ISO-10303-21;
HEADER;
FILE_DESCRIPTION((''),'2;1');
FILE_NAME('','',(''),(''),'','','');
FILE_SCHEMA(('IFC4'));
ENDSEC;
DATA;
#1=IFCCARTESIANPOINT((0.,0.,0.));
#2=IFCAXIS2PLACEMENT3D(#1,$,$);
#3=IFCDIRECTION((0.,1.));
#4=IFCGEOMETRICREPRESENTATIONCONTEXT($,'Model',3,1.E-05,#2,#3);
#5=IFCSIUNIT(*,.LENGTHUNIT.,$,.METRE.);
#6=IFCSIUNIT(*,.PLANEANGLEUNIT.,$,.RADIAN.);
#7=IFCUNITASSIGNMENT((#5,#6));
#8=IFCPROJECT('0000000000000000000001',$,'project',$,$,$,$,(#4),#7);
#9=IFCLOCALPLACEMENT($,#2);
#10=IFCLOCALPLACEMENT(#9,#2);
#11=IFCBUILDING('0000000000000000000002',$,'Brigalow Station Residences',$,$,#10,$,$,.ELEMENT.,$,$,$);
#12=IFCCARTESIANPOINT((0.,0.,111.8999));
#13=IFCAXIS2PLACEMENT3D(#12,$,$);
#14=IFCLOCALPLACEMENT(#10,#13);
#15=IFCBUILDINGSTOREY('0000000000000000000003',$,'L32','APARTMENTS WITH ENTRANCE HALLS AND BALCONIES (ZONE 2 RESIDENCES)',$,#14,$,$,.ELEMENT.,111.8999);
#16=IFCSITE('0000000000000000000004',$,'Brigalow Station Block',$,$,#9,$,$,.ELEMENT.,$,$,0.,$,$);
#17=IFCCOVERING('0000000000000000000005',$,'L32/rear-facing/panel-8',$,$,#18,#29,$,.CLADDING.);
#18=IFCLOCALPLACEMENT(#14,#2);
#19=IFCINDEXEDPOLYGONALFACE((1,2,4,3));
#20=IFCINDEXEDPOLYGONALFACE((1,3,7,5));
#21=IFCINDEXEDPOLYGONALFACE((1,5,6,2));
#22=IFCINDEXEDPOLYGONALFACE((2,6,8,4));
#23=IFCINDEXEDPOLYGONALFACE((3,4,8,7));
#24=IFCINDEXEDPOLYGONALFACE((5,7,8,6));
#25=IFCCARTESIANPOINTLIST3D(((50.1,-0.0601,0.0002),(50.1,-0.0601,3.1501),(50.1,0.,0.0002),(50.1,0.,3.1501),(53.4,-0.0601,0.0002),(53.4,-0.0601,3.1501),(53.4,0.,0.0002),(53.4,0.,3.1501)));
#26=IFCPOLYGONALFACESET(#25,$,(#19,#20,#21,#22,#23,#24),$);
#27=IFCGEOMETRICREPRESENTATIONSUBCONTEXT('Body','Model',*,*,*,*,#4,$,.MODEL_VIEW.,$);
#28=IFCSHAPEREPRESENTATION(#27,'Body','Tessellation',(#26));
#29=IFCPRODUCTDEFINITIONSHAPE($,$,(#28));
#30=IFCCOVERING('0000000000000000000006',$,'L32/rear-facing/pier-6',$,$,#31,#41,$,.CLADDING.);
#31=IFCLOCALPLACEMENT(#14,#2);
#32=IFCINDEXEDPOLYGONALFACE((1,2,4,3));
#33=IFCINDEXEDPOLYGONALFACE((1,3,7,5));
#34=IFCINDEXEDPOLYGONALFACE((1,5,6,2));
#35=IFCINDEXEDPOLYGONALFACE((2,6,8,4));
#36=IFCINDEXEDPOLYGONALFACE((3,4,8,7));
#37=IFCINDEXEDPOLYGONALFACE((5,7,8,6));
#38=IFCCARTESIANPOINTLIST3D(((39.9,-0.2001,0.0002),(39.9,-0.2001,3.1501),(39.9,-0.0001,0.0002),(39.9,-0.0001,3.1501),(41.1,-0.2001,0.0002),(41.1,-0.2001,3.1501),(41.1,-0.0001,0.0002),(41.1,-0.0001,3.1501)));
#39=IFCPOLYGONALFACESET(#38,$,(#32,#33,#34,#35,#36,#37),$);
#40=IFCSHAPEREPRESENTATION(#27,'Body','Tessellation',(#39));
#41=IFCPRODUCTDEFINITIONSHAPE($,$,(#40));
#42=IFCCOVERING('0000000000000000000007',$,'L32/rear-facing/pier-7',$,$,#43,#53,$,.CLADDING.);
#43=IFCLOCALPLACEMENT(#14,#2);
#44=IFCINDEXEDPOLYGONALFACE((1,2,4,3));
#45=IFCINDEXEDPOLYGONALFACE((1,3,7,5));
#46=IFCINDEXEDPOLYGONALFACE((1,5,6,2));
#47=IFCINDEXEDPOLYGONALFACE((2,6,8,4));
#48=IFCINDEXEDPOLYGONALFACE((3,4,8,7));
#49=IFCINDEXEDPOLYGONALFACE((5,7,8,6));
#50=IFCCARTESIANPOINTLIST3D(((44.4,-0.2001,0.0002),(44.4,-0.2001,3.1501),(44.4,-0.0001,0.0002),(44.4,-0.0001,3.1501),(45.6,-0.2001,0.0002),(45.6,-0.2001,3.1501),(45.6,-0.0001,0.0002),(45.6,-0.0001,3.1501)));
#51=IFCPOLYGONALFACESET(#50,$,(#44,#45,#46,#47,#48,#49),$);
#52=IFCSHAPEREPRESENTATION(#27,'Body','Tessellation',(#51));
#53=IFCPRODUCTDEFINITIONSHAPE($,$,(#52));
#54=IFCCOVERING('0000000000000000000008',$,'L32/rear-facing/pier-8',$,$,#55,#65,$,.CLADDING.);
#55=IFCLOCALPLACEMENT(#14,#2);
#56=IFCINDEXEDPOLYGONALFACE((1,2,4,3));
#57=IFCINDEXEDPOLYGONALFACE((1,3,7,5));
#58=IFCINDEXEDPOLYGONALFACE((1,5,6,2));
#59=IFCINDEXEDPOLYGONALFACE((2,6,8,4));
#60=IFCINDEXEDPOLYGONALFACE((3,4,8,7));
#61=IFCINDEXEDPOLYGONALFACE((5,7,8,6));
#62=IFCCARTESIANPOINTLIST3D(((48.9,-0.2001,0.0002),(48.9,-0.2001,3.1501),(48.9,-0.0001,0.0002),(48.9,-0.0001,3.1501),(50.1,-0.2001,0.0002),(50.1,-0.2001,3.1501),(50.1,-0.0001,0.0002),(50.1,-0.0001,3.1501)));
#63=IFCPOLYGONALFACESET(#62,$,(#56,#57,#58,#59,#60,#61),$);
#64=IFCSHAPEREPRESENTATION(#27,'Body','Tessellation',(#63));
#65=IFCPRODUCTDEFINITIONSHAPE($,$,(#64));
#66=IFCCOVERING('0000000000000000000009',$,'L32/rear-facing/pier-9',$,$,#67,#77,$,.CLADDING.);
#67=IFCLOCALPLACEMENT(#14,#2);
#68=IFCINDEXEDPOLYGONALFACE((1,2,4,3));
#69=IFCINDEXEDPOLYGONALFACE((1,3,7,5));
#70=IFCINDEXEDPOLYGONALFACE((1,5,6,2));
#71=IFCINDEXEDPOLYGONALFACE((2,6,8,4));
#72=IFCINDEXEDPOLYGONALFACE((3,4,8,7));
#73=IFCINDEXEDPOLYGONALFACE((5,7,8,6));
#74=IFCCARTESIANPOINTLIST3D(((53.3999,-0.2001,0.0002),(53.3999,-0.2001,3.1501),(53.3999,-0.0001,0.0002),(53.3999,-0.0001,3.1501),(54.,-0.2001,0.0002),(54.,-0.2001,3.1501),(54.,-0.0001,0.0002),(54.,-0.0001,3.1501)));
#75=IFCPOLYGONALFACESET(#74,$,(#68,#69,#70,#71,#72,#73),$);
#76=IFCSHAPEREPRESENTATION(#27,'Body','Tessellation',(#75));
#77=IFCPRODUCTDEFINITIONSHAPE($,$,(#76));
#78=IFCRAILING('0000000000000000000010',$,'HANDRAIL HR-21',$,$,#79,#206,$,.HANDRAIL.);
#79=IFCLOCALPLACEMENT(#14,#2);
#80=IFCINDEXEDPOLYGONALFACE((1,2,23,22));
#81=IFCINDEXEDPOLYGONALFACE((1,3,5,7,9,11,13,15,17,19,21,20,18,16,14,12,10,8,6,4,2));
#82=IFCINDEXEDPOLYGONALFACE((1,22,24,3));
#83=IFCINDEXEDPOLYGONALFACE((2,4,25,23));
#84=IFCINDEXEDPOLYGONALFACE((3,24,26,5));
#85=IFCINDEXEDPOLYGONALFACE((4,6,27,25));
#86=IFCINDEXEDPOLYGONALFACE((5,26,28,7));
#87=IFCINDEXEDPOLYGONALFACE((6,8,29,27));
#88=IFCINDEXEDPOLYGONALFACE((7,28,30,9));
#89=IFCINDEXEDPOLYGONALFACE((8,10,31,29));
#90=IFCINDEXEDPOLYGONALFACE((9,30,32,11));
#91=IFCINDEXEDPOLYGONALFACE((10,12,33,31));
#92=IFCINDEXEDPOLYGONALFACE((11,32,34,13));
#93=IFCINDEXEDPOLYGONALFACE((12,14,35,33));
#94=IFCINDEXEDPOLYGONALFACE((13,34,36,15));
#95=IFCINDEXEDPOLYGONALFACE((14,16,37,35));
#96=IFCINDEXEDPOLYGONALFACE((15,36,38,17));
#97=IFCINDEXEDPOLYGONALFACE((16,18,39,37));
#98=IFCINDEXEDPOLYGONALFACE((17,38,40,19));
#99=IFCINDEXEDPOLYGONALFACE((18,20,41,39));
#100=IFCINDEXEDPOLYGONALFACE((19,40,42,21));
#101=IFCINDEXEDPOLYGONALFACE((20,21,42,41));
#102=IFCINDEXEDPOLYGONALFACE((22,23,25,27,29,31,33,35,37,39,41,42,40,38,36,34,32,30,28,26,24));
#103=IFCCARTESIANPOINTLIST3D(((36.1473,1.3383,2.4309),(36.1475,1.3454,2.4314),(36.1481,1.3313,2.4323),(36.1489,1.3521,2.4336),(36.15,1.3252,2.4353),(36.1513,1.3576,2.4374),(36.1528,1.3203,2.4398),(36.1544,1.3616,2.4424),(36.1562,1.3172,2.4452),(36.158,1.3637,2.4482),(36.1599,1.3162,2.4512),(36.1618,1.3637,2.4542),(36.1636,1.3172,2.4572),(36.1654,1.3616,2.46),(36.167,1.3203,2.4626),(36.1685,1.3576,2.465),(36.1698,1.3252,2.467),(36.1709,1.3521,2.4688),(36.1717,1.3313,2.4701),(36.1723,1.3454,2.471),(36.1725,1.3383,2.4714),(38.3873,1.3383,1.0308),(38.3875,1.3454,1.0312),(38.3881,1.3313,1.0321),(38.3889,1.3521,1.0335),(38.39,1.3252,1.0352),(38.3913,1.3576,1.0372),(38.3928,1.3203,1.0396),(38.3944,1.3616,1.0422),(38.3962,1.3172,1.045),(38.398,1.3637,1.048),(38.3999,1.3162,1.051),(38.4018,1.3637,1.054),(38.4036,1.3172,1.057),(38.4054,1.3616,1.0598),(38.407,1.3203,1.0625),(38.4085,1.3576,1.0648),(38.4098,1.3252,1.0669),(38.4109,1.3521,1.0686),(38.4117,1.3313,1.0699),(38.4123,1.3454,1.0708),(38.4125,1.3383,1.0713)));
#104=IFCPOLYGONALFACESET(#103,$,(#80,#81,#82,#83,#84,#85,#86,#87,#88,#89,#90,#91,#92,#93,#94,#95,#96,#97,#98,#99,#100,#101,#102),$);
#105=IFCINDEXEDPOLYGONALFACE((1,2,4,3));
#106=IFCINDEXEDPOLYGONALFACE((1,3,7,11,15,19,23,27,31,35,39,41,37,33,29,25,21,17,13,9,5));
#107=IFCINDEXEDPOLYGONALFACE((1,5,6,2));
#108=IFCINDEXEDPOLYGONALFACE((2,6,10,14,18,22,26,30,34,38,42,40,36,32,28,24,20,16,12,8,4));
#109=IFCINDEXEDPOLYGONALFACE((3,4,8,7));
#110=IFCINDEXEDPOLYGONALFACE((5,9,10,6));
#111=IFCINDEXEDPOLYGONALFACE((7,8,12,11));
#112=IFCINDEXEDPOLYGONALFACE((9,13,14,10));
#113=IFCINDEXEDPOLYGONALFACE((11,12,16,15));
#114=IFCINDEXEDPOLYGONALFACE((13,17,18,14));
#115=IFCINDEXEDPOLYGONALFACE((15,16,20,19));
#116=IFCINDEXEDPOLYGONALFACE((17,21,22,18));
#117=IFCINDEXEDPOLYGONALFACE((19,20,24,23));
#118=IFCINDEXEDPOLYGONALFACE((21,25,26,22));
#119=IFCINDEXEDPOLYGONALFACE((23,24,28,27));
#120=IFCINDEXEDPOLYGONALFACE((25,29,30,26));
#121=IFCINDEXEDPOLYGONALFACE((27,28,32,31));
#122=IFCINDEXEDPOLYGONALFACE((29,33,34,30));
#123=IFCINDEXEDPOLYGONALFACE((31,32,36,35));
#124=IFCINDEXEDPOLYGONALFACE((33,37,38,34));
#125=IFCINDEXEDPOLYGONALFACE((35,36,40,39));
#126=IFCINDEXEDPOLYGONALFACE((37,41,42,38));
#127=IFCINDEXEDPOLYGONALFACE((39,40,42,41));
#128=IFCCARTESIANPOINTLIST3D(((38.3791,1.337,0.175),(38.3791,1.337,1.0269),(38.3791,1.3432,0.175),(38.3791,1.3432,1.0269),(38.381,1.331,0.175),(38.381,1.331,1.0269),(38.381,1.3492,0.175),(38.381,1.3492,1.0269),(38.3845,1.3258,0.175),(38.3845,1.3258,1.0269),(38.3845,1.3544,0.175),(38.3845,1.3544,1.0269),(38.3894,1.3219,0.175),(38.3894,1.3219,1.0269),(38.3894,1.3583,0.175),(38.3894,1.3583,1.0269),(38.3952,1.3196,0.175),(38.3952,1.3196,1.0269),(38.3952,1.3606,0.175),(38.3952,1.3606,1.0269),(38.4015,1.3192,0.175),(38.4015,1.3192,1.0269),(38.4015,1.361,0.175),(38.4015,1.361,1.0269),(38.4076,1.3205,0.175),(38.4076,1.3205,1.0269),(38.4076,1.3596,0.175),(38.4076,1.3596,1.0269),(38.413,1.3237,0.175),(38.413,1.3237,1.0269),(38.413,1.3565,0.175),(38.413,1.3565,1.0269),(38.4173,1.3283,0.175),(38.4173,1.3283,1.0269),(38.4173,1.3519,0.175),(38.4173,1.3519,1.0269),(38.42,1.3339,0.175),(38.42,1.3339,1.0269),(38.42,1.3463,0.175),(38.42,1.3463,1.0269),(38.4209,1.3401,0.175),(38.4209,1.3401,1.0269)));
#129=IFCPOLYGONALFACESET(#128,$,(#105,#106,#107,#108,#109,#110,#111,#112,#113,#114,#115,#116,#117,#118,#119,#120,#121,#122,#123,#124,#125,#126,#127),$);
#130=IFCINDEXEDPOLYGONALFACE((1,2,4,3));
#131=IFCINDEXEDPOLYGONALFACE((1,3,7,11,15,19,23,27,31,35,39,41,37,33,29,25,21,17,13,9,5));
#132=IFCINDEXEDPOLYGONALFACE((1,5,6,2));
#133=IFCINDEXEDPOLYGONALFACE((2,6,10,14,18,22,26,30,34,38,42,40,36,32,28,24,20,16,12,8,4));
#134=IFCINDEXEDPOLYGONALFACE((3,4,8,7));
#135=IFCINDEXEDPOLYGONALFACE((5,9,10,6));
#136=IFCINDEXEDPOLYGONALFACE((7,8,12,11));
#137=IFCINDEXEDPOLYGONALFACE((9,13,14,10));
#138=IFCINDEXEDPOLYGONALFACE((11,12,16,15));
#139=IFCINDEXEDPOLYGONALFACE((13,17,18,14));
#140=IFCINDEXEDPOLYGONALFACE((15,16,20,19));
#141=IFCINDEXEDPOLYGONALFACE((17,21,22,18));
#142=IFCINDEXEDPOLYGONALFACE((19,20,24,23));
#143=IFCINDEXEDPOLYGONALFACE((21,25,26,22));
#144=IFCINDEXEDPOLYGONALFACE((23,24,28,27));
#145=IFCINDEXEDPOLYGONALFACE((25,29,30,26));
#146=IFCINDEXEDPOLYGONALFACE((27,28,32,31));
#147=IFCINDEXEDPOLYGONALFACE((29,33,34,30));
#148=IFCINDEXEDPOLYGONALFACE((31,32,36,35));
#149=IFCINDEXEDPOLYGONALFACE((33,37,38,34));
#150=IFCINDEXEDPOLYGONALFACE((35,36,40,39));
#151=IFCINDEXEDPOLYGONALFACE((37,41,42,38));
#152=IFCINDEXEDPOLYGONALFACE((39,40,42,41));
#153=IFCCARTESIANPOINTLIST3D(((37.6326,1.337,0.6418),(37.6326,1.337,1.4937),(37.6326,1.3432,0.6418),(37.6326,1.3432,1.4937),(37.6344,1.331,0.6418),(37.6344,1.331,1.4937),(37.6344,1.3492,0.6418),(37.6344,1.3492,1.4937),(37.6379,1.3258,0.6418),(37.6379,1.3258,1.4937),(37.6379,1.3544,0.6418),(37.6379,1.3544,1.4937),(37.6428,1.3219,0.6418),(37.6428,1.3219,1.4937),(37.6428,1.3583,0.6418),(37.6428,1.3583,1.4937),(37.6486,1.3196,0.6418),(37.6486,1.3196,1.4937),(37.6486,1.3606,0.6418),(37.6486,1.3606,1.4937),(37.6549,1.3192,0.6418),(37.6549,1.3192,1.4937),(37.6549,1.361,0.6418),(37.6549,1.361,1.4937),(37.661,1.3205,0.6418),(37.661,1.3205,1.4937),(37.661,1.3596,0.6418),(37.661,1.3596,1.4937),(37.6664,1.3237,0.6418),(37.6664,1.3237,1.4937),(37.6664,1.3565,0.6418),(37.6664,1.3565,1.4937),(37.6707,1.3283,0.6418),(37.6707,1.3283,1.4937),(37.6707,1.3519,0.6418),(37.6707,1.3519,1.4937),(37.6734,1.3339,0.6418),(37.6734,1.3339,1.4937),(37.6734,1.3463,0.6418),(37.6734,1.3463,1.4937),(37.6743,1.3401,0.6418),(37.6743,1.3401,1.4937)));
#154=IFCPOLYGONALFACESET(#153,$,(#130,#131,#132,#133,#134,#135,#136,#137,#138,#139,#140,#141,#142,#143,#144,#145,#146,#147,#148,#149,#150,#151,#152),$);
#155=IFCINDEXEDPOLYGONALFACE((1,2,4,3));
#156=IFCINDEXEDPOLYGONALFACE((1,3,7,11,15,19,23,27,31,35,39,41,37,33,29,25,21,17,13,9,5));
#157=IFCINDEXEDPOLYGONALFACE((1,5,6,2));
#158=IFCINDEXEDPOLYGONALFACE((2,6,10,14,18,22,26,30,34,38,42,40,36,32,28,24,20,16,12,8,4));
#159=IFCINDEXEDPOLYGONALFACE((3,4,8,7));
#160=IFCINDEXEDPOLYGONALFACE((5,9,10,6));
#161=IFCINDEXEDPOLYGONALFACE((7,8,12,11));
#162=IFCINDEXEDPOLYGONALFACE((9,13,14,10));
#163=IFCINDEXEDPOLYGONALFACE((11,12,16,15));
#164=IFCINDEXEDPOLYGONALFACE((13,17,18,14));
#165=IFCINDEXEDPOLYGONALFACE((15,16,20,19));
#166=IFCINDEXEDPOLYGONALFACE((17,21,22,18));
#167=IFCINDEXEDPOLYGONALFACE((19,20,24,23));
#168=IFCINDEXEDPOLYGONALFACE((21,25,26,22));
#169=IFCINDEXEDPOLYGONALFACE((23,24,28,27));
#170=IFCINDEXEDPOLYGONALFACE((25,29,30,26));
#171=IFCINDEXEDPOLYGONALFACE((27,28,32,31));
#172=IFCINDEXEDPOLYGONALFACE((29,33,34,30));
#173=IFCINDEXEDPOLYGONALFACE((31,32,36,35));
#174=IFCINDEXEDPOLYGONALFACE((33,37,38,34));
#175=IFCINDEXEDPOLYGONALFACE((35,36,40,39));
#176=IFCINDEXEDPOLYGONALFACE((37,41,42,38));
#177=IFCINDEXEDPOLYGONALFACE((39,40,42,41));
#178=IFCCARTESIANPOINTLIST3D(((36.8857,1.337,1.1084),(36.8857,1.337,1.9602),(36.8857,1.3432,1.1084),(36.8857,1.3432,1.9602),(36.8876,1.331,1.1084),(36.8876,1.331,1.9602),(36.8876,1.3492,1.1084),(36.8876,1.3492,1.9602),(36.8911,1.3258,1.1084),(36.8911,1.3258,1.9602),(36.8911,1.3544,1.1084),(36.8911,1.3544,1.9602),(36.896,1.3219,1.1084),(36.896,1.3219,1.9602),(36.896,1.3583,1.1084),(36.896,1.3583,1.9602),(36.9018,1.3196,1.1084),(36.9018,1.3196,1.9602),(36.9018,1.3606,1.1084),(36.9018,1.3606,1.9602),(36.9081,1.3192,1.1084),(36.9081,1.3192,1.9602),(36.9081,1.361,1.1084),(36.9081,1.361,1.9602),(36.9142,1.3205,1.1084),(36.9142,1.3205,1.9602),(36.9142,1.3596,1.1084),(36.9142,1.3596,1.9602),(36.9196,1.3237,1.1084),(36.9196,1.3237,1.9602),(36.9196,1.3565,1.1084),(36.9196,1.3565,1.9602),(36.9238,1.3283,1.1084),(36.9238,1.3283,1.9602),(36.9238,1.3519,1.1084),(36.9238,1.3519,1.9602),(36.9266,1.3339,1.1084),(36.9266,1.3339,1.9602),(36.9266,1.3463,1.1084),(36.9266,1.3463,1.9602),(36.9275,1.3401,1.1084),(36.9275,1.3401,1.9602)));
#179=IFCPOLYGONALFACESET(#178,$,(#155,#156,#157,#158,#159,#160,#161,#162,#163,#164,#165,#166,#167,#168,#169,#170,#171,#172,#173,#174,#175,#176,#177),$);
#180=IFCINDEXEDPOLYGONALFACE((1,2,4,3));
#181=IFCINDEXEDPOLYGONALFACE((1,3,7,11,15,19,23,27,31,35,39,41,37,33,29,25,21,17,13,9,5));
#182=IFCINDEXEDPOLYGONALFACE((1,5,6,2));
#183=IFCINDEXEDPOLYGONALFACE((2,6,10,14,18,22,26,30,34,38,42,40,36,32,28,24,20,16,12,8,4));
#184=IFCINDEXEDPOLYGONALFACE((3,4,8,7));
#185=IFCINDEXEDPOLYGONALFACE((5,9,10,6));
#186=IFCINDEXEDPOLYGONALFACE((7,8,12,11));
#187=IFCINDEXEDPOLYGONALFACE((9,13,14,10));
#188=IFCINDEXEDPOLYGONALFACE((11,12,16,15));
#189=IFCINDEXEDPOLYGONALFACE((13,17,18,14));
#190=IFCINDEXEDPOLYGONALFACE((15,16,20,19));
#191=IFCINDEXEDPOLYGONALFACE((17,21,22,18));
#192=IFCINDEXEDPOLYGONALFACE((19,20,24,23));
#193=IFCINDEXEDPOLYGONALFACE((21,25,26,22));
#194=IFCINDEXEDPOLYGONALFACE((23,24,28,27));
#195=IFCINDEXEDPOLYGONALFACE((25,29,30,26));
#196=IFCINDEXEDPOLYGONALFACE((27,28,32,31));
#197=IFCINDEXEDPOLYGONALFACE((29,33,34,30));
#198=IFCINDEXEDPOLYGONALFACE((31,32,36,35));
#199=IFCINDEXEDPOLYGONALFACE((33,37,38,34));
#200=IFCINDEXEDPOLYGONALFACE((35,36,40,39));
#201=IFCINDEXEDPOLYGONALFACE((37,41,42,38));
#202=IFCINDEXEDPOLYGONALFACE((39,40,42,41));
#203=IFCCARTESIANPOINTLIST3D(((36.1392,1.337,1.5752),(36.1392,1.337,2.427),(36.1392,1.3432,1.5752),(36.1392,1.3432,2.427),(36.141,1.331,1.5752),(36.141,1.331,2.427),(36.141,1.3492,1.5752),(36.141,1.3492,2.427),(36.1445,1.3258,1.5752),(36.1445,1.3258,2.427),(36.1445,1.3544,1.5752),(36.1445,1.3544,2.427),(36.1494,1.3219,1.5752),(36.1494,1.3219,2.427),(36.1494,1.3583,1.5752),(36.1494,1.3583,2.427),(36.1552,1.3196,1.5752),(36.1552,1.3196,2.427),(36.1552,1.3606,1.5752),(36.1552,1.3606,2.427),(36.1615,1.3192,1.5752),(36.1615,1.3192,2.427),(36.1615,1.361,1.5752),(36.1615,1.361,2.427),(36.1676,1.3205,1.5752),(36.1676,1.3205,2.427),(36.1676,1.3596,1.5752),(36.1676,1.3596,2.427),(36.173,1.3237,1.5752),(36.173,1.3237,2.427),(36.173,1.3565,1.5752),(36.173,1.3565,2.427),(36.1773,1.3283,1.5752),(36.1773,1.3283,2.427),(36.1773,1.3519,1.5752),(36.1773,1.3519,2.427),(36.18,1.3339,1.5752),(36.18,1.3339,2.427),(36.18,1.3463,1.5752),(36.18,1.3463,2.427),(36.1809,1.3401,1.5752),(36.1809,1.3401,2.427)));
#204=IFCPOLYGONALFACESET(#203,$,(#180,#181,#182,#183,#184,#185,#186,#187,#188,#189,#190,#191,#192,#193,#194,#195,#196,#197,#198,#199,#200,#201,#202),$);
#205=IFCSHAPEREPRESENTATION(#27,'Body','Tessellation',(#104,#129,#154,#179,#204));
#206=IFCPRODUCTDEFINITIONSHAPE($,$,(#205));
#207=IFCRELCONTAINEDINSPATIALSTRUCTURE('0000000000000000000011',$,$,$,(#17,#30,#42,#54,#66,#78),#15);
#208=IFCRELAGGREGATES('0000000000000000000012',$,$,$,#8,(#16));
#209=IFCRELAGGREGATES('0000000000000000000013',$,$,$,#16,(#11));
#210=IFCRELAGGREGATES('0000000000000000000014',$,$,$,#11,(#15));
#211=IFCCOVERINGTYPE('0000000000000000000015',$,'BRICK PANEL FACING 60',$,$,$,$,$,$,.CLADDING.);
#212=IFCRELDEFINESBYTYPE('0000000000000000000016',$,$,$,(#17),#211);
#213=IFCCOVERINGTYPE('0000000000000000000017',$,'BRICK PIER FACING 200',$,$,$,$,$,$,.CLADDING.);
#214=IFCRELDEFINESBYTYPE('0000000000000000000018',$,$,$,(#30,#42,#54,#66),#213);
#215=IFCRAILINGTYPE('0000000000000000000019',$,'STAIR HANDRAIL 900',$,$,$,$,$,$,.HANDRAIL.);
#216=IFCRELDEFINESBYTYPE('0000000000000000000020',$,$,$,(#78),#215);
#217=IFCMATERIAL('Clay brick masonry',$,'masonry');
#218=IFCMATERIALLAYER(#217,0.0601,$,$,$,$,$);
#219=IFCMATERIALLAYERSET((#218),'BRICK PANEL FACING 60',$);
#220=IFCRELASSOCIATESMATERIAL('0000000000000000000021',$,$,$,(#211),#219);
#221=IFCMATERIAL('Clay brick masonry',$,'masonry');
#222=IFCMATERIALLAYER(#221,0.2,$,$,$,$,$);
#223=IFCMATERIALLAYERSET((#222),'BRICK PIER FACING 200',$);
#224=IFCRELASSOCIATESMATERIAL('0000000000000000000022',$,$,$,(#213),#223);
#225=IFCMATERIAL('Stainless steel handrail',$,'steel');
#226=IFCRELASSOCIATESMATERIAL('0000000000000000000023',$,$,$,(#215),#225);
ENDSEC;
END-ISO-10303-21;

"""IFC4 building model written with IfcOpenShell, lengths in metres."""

from ifc_helpers import new_model, si_unit, direction, frame, origin, origin_2d, place, context, subcontext, project, spatial, rectangle, circle, extrude, material, layer, layer_set, type_object, element, save


model = new_model("IFC4")

# Units and contexts
model_context = context("Model", 3, precision=1e-05, world=origin(), true_north=direction((0.0, 1.0)))
body_context = subcontext(model_context, "Body", "Model", "MODEL_VIEW")
ifc_project = project(units=[si_unit("LENGTHUNIT", "METRE"), si_unit("PLANEANGLEUNIT", "RADIAN")], contexts=[model_context])

# Site, building, storey
site_placement = place(None, origin())
site = spatial("IfcSite", under=ifc_project, at=site_placement, Name="Brigalow Station Block", CompositionType="ELEMENT", RefElevation=0.0)
building_placement = place(site_placement, origin())
building = spatial("IfcBuilding", under=site, at=building_placement, Name="Brigalow Station Residences", CompositionType="ELEMENT")
storey_placement = place(building_placement, frame((0.0, 0.0, 111.8999)))
storey = spatial("IfcBuildingStorey", under=building, at=storey_placement, Name="L32", Description="APARTMENTS WITH ENTRANCE HALLS AND BALCONIES (ZONE 2 RESIDENCES)", CompositionType="ELEMENT", Elevation=111.8999)

# Coverings
ifc_material_1 = material(Name="Clay brick masonry", Category="masonry")
ifc_layer_1 = layer(ifc_material_1, 0.0601)
ifc_layer_set_1 = layer_set([ifc_layer_1], Name="BRICK PANEL FACING 60")
covering_type_1 = type_object("IfcCoveringType", Name="BRICK PANEL FACING 60", PredefinedType="CLADDING", material=ifc_layer_set_1)
for number, where, z_axis, x_axis, name in (
    (1, (51.75, -0.03, 0.0002), (0.0, 0.0, 1.0), (1.0, 0.0, 0.0), "L32/rear-facing/panel-8"),
):
    element("IfcCovering", number, at=place(storey_placement, frame(where, z_axis=z_axis, x_axis=x_axis)), inside=storey, type_object=covering_type_1, Name=name, PredefinedType="CLADDING", context=body_context, shape_type="SweptSolid", body=[
        extrude(rectangle(XDim=3.3, YDim=0.0601, at=origin_2d()), origin(), (0.0, 0.0, 1.0), 3.1499),
    ])
ifc_material_2 = material(Name="Clay brick masonry", Category="masonry")
ifc_layer_2 = layer(ifc_material_2, 0.2)
ifc_layer_set_2 = layer_set([ifc_layer_2], Name="BRICK PIER FACING 200")
covering_type_2 = type_object("IfcCoveringType", Name="BRICK PIER FACING 200", PredefinedType="CLADDING", material=ifc_layer_set_2)
for number, where, z_axis, x_axis, name in (
    (2, (40.5, -0.1001, 0.0002), (0.0, 0.0, 1.0), (1.0, 0.0, 0.0), "L32/rear-facing/pier-6"),
    (3, (45.0, -0.1001, 0.0002), (0.0, 0.0, 1.0), (1.0, 0.0, 0.0), "L32/rear-facing/pier-7"),
    (4, (49.5, -0.1001, 0.0002), (0.0, 0.0, 1.0), (1.0, 0.0, 0.0), "L32/rear-facing/pier-8"),
):
    element("IfcCovering", number, at=place(storey_placement, frame(where, z_axis=z_axis, x_axis=x_axis)), inside=storey, type_object=covering_type_2, Name=name, PredefinedType="CLADDING", context=body_context, shape_type="SweptSolid", body=[
        extrude(rectangle(XDim=1.2, YDim=0.2, at=origin_2d()), origin(), (0.0, 0.0, 1.0), 3.1499),
    ])
covering_placement = place(storey_placement, frame((53.7, -0.1001, 0.0002), z_axis=(0.0, 0.0, 1.0), x_axis=(1.0, 0.0, 0.0)))
element("IfcCovering", 5, at=covering_placement, inside=storey, type_object=covering_type_2, Name="L32/rear-facing/pier-9", PredefinedType="CLADDING", context=body_context, shape_type="SweptSolid", body=[
    extrude(rectangle(XDim=0.6001, YDim=0.2, at=origin_2d()), origin(), (0.0, 0.0, 1.0), 3.1499),
])

# Railing
ifc_material_3 = material(Name="Stainless steel handrail", Category="steel")
railing_type_1 = type_object("IfcRailingType", Name="STAIR HANDRAIL 900", PredefinedType="HANDRAIL", material=ifc_material_3)
railing_1_placement = place(storey_placement, frame((38.3999, 1.3401, 0.175)))
element("IfcRailing", 6, at=railing_1_placement, inside=storey, type_object=railing_type_1, Name="HANDRAIL HR-21", PredefinedType="HANDRAIL", context=body_context, shape_type="SweptSolid", body=[
    extrude(circle(Radius=0.0239, at=origin_2d()), frame((0.0, 0.0, 0.876), z_axis=(-0.847972, 0.0, 0.53004), x_axis=(0.0, -1.0, 0.0)), (0.0, 0.0, 1.0), 2.6416),
    extrude(circle(Radius=0.021, at=origin_2d()), origin(), (0.0, 0.0, 1.0), 0.8518),
    extrude(circle(Radius=0.021, at=origin_2d()), frame((-0.7466, 0.0, 0.4668)), (0.0, 0.0, 1.0), 0.8518),
    extrude(circle(Radius=0.021, at=origin_2d()), frame((-1.4934, 0.0, 0.9333)), (0.0, 0.0, 1.0), 0.8518),
    extrude(circle(Radius=0.021, at=origin_2d()), frame((-2.24, 0.0, 1.4001)), (0.0, 0.0, 1.0), 0.8518),
])

save(model, "model.ifc")
